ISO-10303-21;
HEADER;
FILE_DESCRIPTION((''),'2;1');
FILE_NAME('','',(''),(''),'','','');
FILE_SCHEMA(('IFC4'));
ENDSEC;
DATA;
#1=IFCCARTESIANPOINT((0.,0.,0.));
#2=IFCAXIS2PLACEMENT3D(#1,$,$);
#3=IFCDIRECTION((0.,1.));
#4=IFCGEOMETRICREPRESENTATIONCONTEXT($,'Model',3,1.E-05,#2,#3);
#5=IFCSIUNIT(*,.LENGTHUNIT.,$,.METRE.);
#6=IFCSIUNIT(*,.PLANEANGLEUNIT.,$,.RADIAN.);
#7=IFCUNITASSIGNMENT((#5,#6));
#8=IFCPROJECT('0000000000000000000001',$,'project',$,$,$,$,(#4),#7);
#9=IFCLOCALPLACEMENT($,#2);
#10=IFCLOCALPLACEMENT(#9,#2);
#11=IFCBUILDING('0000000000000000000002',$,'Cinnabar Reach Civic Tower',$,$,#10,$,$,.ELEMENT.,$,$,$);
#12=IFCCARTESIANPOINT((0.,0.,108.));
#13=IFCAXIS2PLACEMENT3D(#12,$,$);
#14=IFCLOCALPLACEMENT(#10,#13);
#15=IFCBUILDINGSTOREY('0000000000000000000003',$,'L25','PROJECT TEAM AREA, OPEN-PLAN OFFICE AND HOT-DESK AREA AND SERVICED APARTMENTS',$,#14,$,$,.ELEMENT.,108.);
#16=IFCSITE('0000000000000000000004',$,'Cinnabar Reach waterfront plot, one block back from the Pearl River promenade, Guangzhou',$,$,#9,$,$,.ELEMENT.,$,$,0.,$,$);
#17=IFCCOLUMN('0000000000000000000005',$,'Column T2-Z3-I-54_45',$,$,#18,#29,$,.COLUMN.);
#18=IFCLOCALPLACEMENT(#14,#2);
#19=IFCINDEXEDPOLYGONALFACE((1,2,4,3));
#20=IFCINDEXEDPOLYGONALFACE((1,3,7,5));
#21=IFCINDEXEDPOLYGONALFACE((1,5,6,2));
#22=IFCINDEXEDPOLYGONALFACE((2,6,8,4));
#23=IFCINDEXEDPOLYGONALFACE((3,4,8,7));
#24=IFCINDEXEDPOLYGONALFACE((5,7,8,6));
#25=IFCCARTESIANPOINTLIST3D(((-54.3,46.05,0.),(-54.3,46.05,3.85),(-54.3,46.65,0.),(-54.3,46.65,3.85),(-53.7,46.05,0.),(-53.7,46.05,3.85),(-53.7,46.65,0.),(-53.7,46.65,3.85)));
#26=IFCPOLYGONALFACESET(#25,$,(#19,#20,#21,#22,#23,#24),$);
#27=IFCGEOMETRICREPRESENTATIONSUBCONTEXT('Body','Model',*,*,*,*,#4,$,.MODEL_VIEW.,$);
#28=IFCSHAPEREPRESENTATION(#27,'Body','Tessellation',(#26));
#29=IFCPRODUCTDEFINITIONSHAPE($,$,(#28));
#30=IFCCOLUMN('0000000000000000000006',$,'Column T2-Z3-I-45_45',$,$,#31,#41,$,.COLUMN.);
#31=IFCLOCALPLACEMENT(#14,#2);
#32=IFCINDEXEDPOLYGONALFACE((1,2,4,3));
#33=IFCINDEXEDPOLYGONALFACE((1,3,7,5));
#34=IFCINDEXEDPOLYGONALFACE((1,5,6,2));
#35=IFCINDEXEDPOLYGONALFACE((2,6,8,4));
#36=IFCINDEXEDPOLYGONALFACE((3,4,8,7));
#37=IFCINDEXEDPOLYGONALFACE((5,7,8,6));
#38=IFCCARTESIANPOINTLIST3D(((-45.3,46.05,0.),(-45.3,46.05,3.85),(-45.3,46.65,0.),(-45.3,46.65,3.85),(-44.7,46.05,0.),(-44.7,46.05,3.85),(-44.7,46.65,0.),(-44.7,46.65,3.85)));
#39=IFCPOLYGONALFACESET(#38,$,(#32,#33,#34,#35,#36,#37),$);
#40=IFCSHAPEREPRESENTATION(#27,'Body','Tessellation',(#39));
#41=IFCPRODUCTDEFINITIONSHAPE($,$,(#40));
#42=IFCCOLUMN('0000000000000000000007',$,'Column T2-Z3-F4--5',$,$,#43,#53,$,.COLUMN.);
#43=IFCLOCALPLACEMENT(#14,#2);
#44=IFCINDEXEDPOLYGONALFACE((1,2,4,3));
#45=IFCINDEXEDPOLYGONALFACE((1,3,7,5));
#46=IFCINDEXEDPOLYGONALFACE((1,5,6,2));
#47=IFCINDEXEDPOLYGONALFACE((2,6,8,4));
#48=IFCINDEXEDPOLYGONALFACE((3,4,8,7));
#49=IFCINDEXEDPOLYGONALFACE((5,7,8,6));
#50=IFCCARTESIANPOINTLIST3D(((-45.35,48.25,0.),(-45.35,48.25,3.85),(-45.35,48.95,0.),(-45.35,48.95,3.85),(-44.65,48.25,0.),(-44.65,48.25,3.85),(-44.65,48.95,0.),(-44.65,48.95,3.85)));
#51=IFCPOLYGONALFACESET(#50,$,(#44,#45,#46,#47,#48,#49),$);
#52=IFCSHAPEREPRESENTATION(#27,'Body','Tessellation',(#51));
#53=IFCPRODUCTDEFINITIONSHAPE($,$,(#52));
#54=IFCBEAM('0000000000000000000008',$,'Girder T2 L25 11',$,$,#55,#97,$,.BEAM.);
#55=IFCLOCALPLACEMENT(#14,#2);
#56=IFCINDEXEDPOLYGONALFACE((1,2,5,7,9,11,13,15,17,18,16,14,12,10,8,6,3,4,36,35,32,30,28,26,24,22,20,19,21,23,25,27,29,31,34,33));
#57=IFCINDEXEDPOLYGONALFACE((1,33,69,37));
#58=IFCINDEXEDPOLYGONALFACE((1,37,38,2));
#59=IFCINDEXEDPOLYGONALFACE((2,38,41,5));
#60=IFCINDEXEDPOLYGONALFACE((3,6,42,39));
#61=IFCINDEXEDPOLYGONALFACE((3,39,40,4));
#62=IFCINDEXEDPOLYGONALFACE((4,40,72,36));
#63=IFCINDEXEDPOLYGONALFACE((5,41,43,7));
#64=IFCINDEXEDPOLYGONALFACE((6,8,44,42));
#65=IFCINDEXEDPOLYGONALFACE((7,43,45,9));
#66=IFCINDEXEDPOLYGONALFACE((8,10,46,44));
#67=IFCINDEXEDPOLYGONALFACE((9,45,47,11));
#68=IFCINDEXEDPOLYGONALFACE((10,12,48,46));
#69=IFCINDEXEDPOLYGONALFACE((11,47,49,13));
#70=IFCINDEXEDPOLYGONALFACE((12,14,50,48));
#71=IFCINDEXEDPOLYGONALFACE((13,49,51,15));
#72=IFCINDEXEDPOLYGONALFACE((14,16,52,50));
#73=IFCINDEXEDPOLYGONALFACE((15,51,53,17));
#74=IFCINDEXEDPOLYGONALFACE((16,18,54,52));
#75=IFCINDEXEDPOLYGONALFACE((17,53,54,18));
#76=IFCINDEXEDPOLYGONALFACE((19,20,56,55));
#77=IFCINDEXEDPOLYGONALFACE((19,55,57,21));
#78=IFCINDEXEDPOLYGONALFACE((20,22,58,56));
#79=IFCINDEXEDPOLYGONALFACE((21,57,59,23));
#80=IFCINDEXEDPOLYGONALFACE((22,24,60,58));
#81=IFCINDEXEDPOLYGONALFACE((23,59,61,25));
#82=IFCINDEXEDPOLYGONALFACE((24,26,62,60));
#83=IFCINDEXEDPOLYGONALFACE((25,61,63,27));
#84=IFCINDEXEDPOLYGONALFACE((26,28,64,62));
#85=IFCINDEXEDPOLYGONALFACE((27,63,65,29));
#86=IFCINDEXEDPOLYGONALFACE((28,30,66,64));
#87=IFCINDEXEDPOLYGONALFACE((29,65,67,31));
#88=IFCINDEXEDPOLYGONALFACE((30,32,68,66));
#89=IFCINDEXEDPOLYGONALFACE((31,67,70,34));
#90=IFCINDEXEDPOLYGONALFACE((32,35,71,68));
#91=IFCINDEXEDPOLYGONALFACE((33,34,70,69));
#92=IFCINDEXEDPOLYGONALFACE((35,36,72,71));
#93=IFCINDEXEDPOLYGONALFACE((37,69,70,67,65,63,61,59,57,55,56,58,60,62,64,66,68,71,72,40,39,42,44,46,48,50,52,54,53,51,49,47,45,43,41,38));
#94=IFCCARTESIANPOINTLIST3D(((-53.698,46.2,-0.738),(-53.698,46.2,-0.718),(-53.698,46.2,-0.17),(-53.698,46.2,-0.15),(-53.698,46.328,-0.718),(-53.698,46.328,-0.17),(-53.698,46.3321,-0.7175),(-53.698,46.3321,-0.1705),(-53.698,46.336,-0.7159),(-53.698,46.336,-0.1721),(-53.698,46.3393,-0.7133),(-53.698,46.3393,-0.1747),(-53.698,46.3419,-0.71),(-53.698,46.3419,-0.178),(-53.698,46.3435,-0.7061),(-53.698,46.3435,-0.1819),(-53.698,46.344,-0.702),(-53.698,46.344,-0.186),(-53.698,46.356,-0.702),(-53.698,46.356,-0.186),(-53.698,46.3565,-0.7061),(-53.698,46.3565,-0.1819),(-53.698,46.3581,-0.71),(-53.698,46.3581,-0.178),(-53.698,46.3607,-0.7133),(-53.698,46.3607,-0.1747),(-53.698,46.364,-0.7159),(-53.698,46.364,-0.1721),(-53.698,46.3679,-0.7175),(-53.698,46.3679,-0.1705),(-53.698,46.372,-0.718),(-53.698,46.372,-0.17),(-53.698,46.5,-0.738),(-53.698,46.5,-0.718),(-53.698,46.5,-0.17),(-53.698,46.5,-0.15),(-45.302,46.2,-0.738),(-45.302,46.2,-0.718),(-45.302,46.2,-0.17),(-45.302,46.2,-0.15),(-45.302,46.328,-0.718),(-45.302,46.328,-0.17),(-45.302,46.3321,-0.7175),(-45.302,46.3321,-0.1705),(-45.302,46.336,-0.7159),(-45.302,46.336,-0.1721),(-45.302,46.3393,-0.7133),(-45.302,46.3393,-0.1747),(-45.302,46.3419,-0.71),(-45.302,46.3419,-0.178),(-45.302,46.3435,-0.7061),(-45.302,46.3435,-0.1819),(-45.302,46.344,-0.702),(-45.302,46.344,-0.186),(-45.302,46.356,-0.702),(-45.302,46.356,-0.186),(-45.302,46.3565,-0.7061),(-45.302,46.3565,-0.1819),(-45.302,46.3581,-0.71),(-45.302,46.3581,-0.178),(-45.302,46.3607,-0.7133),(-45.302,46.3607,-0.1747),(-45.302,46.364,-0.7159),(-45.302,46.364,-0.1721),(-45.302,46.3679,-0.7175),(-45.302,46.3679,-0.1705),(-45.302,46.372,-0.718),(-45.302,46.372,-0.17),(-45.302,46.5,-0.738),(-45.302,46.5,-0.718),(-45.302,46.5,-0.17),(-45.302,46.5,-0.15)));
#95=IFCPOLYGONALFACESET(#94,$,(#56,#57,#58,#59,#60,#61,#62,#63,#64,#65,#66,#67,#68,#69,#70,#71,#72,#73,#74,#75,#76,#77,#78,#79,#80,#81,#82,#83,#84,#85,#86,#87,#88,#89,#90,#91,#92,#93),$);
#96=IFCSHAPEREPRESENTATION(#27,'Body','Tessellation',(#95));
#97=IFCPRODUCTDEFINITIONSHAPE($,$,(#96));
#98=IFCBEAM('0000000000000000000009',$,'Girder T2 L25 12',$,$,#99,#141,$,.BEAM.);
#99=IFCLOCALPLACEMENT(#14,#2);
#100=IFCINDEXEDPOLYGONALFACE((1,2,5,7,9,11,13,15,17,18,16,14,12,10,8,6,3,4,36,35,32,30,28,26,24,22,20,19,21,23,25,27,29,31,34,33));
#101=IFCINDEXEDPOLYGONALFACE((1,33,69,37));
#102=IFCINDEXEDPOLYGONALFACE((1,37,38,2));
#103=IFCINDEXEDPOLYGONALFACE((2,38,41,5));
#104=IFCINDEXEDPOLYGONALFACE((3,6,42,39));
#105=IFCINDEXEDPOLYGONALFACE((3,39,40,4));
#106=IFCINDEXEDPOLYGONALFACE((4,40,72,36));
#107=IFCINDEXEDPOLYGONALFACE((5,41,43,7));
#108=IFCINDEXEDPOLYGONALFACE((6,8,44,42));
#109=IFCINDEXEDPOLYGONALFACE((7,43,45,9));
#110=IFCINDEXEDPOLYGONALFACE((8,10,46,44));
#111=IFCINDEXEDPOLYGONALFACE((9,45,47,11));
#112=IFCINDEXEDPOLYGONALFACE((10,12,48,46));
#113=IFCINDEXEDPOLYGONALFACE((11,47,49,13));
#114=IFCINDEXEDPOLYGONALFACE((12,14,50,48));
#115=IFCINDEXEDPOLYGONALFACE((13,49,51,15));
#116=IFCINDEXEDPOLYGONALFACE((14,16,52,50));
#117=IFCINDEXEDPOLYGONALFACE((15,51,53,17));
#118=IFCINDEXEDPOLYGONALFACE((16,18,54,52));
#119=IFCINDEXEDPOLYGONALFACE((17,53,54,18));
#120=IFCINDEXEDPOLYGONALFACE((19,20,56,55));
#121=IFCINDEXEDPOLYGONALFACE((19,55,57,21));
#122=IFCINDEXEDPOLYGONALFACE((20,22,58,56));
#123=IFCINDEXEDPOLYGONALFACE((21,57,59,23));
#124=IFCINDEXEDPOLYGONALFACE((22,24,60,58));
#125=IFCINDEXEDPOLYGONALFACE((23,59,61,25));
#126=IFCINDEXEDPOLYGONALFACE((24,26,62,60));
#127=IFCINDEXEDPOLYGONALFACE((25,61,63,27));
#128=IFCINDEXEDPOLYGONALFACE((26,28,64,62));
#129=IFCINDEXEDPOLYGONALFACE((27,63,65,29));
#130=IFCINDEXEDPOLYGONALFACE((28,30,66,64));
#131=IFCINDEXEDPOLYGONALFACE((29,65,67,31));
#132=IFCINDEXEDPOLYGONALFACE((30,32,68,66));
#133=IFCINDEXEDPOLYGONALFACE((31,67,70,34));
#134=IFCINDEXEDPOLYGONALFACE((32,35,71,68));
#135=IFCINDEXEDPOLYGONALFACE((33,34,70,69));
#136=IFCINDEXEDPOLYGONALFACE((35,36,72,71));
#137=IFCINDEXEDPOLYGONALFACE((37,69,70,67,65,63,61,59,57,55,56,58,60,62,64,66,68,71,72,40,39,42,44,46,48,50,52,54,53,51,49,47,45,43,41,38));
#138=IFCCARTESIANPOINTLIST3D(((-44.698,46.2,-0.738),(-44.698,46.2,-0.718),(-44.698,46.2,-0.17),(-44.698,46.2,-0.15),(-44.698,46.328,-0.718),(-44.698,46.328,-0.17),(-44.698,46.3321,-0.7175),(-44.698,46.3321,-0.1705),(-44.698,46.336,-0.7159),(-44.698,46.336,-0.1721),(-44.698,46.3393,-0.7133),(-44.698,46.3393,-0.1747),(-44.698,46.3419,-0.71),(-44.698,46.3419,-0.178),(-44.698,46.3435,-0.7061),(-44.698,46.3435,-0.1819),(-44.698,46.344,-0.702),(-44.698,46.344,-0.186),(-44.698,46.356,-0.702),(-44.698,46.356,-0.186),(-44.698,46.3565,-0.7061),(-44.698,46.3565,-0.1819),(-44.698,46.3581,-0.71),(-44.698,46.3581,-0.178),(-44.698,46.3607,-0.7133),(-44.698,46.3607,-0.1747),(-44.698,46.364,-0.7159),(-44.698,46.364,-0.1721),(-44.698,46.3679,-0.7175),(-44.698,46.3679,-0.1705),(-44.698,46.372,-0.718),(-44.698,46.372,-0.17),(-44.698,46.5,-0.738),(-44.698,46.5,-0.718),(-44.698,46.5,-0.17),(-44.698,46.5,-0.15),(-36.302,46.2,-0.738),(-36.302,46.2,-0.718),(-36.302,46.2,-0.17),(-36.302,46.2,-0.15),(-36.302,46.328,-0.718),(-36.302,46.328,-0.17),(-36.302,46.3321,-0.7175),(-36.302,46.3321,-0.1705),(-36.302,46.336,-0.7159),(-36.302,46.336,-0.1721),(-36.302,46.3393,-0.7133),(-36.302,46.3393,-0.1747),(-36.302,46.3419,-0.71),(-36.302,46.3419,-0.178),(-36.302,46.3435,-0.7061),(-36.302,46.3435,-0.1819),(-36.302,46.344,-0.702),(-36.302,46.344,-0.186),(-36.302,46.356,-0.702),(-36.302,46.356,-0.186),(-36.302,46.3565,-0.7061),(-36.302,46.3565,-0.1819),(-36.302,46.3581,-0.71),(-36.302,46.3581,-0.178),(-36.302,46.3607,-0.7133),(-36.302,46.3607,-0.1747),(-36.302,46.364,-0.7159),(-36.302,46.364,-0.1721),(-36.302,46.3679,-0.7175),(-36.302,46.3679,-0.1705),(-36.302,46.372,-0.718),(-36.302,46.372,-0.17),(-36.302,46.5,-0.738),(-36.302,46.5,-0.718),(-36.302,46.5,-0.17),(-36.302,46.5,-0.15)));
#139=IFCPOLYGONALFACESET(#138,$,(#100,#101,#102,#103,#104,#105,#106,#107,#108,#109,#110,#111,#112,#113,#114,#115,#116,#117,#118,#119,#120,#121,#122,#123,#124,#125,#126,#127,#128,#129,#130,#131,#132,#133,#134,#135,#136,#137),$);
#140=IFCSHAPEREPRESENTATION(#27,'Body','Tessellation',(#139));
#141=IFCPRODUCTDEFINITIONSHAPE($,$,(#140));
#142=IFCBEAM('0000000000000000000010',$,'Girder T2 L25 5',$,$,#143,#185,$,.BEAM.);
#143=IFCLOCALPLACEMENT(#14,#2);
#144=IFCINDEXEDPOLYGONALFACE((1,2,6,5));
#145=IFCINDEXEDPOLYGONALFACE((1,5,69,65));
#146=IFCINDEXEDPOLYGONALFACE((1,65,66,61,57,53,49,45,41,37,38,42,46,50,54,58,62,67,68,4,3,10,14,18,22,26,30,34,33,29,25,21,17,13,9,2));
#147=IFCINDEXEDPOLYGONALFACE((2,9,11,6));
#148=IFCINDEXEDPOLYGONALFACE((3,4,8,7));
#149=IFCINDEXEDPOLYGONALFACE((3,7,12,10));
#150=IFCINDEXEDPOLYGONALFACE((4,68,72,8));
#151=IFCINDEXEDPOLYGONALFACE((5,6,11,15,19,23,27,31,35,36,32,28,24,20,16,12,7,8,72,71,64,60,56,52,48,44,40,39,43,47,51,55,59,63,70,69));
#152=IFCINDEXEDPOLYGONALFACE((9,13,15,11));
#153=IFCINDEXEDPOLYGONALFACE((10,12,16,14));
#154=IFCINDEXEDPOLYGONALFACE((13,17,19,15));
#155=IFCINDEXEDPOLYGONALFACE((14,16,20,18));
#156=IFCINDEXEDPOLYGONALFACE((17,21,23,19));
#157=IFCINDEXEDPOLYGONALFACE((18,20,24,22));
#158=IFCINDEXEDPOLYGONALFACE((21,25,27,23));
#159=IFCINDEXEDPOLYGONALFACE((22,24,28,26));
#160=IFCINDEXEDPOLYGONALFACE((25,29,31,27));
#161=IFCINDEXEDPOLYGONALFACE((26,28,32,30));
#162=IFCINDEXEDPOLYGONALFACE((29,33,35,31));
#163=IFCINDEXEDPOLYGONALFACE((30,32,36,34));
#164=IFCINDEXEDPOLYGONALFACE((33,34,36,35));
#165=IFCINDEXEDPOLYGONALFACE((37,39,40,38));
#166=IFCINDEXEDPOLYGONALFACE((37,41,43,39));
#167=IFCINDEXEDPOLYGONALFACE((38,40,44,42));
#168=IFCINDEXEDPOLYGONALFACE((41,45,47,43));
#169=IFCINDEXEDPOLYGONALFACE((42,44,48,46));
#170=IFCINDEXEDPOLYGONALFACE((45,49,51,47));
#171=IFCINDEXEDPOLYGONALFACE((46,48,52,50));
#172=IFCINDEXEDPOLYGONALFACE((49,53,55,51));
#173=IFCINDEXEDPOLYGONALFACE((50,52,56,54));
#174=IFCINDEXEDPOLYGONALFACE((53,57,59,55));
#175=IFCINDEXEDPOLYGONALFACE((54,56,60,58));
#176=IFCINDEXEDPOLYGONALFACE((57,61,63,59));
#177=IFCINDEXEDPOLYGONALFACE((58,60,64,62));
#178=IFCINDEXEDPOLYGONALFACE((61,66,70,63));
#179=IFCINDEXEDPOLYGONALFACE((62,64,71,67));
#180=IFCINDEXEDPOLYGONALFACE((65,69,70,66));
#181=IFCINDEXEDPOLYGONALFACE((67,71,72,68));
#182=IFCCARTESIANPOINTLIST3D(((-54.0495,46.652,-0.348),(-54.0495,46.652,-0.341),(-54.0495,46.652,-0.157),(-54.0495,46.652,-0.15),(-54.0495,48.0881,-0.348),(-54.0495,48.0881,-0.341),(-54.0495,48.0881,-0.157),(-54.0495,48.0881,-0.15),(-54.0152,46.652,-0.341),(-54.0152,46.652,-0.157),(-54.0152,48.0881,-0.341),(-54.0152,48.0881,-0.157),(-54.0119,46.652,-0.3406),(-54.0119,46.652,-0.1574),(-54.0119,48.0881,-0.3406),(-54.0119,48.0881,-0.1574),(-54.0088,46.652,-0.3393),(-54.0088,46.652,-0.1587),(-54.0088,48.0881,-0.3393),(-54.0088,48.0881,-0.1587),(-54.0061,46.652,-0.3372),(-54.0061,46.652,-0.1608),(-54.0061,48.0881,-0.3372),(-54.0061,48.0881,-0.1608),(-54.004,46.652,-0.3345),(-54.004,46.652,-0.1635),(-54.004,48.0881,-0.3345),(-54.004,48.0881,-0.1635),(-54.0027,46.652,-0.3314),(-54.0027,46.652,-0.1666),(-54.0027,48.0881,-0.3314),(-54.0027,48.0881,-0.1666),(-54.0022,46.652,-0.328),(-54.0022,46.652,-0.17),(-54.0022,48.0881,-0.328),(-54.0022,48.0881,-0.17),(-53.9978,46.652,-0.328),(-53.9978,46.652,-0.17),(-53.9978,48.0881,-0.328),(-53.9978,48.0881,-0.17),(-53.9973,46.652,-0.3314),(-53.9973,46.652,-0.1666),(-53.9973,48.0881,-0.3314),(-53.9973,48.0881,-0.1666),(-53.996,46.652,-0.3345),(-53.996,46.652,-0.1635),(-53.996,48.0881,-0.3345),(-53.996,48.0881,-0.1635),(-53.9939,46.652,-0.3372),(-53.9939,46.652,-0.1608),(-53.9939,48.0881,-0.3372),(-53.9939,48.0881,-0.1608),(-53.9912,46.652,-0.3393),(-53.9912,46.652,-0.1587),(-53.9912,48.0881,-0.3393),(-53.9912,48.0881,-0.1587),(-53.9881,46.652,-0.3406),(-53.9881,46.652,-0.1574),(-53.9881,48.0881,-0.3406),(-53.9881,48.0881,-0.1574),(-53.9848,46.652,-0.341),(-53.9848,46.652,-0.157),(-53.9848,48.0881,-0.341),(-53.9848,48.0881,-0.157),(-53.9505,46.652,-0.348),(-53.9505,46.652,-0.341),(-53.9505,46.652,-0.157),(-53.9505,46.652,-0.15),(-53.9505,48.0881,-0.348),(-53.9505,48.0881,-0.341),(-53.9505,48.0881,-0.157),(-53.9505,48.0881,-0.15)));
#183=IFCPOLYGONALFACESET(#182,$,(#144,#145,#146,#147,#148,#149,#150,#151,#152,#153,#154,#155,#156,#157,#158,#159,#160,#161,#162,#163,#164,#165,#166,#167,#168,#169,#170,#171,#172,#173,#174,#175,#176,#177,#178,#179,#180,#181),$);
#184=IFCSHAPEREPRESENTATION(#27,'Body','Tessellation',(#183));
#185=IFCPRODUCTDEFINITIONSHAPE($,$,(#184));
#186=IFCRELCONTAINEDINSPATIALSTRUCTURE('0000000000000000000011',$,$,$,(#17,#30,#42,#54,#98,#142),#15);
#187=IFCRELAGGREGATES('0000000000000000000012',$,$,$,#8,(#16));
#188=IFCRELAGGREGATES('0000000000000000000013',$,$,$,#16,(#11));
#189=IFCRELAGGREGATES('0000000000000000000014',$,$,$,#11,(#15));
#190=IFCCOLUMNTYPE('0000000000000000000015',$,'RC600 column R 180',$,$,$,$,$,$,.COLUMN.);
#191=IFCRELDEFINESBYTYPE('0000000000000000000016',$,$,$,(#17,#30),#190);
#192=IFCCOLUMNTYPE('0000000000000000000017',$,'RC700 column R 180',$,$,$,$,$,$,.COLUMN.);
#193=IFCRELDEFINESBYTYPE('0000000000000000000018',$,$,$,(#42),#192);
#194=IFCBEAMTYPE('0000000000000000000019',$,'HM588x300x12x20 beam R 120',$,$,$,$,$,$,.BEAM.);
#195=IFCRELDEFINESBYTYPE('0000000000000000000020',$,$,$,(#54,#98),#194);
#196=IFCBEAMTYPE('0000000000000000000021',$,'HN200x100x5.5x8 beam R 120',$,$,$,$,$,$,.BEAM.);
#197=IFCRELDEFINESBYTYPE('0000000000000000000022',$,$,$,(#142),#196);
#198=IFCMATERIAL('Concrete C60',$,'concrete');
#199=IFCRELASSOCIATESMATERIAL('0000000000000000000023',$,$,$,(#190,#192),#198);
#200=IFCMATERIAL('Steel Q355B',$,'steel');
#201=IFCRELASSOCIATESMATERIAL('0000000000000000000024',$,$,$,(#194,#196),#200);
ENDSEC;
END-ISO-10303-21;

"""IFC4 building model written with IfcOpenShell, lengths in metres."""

from ifc_helpers import new_model, si_unit, direction, frame, origin, origin_2d, place, context, subcontext, project, spatial, rectangle, i_section, extrude, material, material_profile, profile_set, type_object, element, save


model = new_model("IFC4")

# Units and contexts
model_context = context("Model", 3, precision=1e-05, world=origin(), true_north=direction((0.0, 1.0)))
body_context = subcontext(model_context, "Body", "Model", "MODEL_VIEW")
ifc_project = project(units=[si_unit("LENGTHUNIT", "METRE"), si_unit("PLANEANGLEUNIT", "RADIAN")], contexts=[model_context])

# Site, building, storey
site_placement = place(None, origin())
site = spatial("IfcSite", under=ifc_project, at=site_placement, Name="Cinnabar Reach waterfront plot, one block back from the Pearl River promenade, Guangzhou", CompositionType="ELEMENT", RefElevation=0.0)
building_placement = place(site_placement, origin())
building = spatial("IfcBuilding", under=site, at=building_placement, Name="Cinnabar Reach Civic Tower", CompositionType="ELEMENT")
storey_placement = place(building_placement, frame((0.0, 0.0, 108.0)))
storey = spatial("IfcBuildingStorey", under=building, at=storey_placement, Name="L25", Description="PROJECT TEAM AREA, OPEN-PLAN OFFICE AND HOT-DESK AREA AND SERVICED APARTMENTS", CompositionType="ELEMENT", Elevation=108.0)

# Columns
ifc_material_1 = material(Name="Concrete C60", Category="concrete")
ifc_material_profile_1 = material_profile(ifc_material_1, rectangle(XDim=0.6, YDim=0.6, at=origin_2d()), Name="RC600")
ifc_profile_set_1 = profile_set([ifc_material_profile_1], Name="Concrete C60")
column_type_1 = type_object("IfcColumnType", Name="RC600 column R 180", PredefinedType="COLUMN", material=ifc_profile_set_1)
for number, where, z_axis, x_axis, name in (
    (1, (-54.0, 46.35, 0.0), (0.0, 0.0, 1.0), (1.0, 0.0, 0.0), "Column T2-Z3-I-54_45"),
    (2, (-45.0, 46.35, 0.0), (0.0, 0.0, 1.0), (1.0, 0.0, 0.0), "Column T2-Z3-I-45_45"),
):
    element("IfcColumn", number, at=place(storey_placement, frame(where, z_axis=z_axis, x_axis=x_axis)), inside=storey, type_object=column_type_1, Name=name, PredefinedType="COLUMN", context=body_context, shape_type="SweptSolid", body=[
        extrude(rectangle(XDim=0.6, YDim=0.6, at=origin_2d()), origin(), (0.0, 0.0, 1.0), 3.85),
    ])
ifc_material_profile_2 = material_profile(ifc_material_1, rectangle(XDim=0.7, YDim=0.7, at=origin_2d()), Name="RC700")
ifc_profile_set_2 = profile_set([ifc_material_profile_2], Name="Concrete C60")
column_type_2 = type_object("IfcColumnType", Name="RC700 column R 180", PredefinedType="COLUMN", material=ifc_profile_set_2)
column_placement = place(storey_placement, frame((-45.0, 48.6, 0.0), z_axis=(0.0, 0.0, 1.0), x_axis=(1.0, 0.0, 0.0)))
element("IfcColumn", 3, at=column_placement, inside=storey, type_object=column_type_2, Name="Column T2-Z3-F4--5", PredefinedType="COLUMN", context=body_context, shape_type="SweptSolid", body=[
    extrude(rectangle(XDim=0.7, YDim=0.7, at=origin_2d()), origin(), (0.0, 0.0, 1.0), 3.85),
])

# Beams
ifc_material_2 = material(Name="Steel Q355B", Category="steel")
ifc_material_profile_3 = material_profile(ifc_material_2, i_section(OverallWidth=0.3, OverallDepth=0.588, WebThickness=0.012, FlangeThickness=0.02, FilletRadius=0.016, at=origin_2d()), Name="HM588x300x12x20")
ifc_profile_set_3 = profile_set([ifc_material_profile_3], Name="Steel Q355B")
beam_type_1 = type_object("IfcBeamType", Name="HM588x300x12x20 beam R 120", PredefinedType="BEAM", material=ifc_profile_set_3)
for number, where, z_axis, x_axis, name in (
    (4, (-53.698, 46.35, -0.444), (1.0, 0.0, 0.0), (0.0, 1.0, 0.0), "Girder T2 L25 11"),
    (5, (-44.698, 46.35, -0.444), (1.0, 0.0, 0.0), (0.0, 1.0, 0.0), "Girder T2 L25 12"),
):
    element("IfcBeam", number, at=place(storey_placement, frame(where, z_axis=z_axis, x_axis=x_axis)), inside=storey, type_object=beam_type_1, Name=name, PredefinedType="BEAM", context=body_context, shape_type="SweptSolid", body=[
        extrude(i_section(OverallWidth=0.3, OverallDepth=0.588, WebThickness=0.012, FlangeThickness=0.02, FilletRadius=0.016, at=origin_2d()), origin(), (0.0, 0.0, 1.0), 8.396),
    ])
ifc_material_profile_4 = material_profile(ifc_material_2, i_section(OverallWidth=0.099, OverallDepth=0.198, WebThickness=0.0045, FlangeThickness=0.007, FilletRadius=0.013, at=origin_2d()), Name="HN200x100x5.5x8")
ifc_profile_set_4 = profile_set([ifc_material_profile_4], Name="Steel Q355B")
beam_type_2 = type_object("IfcBeamType", Name="HN200x100x5.5x8 beam R 120", PredefinedType="BEAM", material=ifc_profile_set_4)
beam_1_placement = place(storey_placement, frame((-54.0, 46.652, -0.249), z_axis=(0.0, 1.0, 0.0), x_axis=(-1.0, 0.0, 0.0)))
element("IfcBeam", 6, at=beam_1_placement, inside=storey, type_object=beam_type_2, Name="Girder T2 L25 5", PredefinedType="BEAM", context=body_context, shape_type="SweptSolid", body=[
    extrude(i_section(OverallWidth=0.099, OverallDepth=0.198, WebThickness=0.0045, FlangeThickness=0.007, FilletRadius=0.013, at=origin_2d()), origin(), (0.0, 0.0, 1.0), 1.4361),
])

save(model, "model.ifc")
